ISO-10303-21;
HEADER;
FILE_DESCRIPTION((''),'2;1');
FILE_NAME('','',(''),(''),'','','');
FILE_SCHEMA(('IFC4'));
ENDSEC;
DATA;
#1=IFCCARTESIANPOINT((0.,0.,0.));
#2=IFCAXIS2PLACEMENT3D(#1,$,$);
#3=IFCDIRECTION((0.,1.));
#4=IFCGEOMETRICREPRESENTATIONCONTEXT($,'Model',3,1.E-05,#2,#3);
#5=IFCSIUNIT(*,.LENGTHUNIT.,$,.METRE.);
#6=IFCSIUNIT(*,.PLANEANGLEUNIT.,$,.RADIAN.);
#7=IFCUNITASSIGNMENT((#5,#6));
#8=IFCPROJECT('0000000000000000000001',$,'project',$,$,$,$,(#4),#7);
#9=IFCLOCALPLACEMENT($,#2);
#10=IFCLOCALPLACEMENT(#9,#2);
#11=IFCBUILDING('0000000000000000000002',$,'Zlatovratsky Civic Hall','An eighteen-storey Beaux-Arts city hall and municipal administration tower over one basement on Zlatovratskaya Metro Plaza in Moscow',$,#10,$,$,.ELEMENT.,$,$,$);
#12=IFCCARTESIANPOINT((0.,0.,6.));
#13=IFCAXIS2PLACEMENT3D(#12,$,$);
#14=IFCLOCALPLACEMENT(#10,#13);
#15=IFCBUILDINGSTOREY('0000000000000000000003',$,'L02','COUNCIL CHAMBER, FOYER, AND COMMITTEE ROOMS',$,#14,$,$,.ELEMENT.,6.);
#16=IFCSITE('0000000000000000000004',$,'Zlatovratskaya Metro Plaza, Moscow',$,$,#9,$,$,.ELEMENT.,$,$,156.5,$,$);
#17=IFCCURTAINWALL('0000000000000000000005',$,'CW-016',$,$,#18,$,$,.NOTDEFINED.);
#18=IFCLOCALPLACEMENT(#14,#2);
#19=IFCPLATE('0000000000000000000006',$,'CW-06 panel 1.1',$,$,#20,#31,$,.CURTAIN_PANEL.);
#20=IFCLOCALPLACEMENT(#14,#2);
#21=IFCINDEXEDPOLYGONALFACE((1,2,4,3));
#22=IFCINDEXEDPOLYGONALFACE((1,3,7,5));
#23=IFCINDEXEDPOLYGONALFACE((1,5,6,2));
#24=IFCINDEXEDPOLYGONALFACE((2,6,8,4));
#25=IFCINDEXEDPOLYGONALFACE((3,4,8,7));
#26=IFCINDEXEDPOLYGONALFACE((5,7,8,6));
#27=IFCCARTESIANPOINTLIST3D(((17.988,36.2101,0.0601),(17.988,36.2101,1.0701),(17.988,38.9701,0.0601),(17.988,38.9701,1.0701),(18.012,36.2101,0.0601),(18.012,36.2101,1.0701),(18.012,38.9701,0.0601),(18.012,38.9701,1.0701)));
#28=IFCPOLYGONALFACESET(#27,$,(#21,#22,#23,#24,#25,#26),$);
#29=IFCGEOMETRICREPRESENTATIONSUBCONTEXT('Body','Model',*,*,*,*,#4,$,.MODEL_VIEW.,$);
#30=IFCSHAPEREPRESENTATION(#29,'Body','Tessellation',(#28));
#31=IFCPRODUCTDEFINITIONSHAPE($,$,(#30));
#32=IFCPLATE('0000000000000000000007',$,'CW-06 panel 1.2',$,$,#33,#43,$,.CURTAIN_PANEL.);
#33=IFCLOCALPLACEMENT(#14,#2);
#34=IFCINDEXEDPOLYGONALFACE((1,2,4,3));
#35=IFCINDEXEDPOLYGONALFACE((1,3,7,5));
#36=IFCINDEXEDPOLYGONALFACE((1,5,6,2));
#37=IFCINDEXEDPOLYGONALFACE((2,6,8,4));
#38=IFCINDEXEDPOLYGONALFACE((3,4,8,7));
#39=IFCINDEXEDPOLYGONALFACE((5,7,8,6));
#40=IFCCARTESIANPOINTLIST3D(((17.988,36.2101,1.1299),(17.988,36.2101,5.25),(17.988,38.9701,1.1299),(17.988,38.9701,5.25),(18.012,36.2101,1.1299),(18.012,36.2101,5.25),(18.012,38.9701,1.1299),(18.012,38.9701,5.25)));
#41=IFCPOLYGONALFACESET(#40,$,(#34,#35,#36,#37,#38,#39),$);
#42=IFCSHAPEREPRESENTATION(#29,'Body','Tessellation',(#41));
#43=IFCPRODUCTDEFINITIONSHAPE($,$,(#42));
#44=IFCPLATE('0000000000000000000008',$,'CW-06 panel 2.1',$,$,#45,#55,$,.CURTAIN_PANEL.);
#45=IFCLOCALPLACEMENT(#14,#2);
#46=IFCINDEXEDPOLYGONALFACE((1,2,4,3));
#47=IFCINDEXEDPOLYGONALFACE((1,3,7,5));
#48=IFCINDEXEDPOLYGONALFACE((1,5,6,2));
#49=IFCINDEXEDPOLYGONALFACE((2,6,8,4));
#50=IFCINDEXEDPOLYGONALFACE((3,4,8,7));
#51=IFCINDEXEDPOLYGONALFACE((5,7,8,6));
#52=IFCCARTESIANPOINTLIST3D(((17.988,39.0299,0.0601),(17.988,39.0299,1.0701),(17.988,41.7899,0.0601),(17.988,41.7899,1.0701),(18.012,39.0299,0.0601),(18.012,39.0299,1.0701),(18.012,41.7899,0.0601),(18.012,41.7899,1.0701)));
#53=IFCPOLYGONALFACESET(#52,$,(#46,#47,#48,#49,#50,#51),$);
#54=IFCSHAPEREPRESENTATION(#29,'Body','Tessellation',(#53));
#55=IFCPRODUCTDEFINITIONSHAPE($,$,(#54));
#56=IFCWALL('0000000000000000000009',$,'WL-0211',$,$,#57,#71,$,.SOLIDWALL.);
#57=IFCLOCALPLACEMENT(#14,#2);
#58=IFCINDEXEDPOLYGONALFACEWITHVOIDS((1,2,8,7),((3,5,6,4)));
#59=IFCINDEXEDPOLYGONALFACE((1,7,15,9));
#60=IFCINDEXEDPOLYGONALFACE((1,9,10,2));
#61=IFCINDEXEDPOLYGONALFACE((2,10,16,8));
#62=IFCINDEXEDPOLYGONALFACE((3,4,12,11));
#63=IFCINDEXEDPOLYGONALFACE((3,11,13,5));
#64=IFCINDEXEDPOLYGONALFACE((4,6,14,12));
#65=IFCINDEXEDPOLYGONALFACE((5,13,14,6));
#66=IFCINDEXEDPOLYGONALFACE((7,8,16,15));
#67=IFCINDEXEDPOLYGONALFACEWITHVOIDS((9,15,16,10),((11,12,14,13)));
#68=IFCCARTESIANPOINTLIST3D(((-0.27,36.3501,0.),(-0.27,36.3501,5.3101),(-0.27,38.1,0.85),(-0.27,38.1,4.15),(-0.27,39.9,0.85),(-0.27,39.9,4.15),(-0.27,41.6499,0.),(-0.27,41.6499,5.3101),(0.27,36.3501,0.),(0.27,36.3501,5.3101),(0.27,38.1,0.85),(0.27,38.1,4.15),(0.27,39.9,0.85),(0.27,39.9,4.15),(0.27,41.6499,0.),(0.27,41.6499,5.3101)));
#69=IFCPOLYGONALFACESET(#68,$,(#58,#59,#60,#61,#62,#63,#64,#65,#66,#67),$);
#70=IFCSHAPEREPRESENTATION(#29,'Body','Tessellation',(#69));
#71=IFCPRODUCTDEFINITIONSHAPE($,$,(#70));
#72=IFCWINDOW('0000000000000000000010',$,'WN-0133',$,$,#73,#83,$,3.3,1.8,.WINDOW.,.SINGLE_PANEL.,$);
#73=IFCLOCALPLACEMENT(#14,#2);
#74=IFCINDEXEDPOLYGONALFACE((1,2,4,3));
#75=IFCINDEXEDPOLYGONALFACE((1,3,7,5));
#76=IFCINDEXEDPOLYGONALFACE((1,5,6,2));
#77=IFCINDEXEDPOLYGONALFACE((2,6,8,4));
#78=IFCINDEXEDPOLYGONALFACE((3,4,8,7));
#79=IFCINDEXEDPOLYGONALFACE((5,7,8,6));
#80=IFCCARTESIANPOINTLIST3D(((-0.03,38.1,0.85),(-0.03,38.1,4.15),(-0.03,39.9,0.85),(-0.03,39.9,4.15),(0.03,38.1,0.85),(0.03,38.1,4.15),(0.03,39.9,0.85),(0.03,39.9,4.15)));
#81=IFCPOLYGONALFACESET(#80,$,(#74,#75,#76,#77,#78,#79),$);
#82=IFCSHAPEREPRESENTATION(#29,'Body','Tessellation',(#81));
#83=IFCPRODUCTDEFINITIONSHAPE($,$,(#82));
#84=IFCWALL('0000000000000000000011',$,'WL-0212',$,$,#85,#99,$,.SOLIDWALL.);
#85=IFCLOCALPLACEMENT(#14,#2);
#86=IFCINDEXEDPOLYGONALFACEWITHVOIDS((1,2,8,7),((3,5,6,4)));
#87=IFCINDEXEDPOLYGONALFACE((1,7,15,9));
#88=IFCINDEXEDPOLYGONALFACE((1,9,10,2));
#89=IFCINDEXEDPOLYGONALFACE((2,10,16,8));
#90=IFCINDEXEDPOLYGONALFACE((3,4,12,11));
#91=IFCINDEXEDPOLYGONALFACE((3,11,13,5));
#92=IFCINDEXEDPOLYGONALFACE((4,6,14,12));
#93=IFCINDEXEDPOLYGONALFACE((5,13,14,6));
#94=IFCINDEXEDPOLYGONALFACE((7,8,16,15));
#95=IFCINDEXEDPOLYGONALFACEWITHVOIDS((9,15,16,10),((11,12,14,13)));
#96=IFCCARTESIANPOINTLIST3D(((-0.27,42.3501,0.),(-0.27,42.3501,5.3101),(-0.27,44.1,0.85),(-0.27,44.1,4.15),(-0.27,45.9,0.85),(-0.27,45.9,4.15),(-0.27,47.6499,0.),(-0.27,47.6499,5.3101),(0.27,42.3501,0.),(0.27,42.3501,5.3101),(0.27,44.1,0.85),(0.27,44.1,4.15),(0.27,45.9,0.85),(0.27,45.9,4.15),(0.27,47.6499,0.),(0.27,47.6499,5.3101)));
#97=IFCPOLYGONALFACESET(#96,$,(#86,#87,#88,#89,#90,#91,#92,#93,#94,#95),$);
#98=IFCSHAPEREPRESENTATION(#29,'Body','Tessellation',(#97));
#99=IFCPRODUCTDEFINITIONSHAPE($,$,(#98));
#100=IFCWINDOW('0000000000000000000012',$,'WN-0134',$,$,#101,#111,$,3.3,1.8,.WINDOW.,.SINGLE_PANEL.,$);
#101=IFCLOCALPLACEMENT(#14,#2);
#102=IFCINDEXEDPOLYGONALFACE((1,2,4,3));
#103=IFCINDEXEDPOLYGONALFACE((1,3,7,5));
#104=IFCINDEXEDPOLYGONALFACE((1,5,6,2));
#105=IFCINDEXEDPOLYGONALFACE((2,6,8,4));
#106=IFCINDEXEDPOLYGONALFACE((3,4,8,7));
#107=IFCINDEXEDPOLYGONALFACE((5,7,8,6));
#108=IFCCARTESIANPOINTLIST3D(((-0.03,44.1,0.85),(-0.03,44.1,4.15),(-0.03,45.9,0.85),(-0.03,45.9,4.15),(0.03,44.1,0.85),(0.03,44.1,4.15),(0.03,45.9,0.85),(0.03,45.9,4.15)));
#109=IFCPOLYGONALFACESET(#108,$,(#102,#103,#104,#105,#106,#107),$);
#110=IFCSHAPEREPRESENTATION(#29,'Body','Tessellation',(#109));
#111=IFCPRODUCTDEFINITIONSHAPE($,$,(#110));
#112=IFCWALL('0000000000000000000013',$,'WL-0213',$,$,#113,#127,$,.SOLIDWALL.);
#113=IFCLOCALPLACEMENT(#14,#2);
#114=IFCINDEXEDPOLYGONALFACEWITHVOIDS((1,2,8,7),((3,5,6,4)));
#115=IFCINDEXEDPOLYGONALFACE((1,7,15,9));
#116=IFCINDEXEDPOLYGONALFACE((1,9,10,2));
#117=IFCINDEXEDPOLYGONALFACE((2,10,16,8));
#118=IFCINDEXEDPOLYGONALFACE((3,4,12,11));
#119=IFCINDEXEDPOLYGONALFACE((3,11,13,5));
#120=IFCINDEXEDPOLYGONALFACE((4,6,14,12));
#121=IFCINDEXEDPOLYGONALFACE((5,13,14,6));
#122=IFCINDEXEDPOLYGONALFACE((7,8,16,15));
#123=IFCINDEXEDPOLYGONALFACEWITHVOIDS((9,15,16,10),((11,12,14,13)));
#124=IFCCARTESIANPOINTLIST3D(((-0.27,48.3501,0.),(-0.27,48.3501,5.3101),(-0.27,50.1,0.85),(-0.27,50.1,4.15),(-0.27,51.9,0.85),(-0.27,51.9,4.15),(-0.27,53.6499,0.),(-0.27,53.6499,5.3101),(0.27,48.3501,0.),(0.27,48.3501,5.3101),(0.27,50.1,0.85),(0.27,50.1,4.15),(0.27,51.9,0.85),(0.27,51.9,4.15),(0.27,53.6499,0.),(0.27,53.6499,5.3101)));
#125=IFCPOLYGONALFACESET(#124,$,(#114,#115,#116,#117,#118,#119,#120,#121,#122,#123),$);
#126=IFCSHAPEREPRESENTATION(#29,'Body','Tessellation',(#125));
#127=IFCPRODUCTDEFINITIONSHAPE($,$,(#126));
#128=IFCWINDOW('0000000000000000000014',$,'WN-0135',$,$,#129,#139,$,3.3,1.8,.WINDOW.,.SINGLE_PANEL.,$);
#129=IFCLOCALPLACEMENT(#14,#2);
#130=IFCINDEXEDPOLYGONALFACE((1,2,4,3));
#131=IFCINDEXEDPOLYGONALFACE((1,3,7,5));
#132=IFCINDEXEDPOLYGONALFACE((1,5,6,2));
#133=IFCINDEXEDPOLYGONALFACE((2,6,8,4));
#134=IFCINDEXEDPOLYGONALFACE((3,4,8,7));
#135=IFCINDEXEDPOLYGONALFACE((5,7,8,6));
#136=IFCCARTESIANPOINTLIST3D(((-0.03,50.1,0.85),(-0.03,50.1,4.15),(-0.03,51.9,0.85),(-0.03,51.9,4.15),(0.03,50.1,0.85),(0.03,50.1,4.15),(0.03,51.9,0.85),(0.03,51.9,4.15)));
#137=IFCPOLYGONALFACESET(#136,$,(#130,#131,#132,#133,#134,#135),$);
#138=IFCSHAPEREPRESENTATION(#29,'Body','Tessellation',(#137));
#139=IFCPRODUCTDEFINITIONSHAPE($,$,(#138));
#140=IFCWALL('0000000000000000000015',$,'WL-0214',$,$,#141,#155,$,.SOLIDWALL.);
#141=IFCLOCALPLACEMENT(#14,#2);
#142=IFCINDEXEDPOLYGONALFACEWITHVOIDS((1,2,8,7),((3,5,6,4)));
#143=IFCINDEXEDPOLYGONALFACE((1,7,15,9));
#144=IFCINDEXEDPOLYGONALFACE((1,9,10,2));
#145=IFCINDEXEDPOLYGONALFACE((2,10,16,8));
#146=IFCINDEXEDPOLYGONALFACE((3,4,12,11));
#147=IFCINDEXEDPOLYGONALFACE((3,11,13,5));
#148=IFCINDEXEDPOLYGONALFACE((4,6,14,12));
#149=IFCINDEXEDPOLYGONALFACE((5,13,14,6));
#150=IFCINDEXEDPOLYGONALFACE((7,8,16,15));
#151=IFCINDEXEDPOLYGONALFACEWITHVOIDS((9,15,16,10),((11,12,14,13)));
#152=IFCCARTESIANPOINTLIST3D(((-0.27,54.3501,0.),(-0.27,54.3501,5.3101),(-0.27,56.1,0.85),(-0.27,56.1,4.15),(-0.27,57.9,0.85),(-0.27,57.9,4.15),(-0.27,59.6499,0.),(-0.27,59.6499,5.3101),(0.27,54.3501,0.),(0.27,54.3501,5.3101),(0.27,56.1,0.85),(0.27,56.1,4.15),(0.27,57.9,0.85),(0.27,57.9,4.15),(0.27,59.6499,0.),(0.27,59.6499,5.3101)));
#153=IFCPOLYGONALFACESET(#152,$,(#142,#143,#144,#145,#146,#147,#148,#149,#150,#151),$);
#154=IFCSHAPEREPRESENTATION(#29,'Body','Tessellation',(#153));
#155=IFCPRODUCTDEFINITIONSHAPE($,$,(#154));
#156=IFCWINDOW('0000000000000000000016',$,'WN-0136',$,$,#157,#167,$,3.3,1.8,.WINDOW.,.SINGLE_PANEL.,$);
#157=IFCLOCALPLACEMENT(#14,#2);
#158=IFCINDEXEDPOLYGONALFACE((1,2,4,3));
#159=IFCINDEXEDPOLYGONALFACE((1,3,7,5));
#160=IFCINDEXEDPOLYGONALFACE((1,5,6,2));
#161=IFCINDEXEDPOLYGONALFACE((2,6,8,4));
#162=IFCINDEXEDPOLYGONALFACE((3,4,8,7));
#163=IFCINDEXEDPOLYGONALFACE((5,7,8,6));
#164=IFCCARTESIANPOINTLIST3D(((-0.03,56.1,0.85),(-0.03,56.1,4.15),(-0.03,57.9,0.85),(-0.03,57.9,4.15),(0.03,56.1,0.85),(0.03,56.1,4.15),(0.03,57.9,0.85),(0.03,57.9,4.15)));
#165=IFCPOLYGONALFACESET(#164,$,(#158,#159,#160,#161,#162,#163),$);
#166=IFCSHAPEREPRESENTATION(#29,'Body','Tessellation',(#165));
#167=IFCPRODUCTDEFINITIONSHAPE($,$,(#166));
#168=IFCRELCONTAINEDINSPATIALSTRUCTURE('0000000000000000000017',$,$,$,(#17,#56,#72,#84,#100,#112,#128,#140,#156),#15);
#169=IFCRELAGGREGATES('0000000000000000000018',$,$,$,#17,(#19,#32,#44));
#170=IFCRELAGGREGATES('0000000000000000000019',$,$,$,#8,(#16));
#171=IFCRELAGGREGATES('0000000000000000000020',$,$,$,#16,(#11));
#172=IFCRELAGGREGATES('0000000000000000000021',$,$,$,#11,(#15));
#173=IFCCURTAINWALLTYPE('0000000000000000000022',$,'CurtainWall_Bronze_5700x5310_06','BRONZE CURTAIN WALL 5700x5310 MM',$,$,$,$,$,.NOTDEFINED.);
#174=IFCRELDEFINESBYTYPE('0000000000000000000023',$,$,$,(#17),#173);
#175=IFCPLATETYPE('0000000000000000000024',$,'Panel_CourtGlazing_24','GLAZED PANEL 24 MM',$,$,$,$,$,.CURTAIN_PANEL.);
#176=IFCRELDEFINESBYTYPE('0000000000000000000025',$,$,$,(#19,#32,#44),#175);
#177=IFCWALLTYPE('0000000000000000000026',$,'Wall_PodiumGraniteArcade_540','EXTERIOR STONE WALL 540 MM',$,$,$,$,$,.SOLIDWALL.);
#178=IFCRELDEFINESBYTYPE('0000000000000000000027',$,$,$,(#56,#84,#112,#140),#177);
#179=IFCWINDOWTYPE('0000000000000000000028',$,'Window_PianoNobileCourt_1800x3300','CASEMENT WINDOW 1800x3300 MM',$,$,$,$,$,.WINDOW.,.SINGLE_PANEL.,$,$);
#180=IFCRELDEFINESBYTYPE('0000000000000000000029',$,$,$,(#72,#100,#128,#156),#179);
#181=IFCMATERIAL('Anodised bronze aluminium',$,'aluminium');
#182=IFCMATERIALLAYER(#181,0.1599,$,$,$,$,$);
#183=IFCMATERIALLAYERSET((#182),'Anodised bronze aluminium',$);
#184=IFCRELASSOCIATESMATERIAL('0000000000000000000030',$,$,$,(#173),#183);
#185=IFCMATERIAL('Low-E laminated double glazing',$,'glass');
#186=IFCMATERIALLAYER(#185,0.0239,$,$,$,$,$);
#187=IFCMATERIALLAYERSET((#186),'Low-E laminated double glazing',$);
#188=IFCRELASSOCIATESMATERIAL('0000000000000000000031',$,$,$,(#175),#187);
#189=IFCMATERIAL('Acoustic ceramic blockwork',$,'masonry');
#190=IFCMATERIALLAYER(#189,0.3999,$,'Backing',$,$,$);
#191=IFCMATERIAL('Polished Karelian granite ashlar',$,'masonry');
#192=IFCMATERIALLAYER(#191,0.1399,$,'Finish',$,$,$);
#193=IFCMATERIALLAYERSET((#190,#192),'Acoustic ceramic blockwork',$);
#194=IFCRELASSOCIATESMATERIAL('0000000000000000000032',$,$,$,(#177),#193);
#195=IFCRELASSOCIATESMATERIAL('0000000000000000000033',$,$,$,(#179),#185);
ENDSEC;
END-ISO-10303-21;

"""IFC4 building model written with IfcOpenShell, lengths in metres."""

from ifc_helpers import new_model, si_unit, direction, frame, frame_2d, origin, origin_2d, place, context, subcontext, project, spatial, rectangle, extrude, material, layer, layer_set, type_object, element, fill, aggregate, save


model = new_model("IFC4")

# Units and contexts
model_context = context("Model", 3, precision=1e-05, world=origin(), true_north=direction((0.0, 1.0)))
body_context = subcontext(model_context, "Body", "Model", "MODEL_VIEW")
ifc_project = project(units=[si_unit("LENGTHUNIT", "METRE"), si_unit("PLANEANGLEUNIT", "RADIAN")], contexts=[model_context])

# Site, building, storey
site_placement = place(None, origin())
site = spatial("IfcSite", under=ifc_project, at=site_placement, Name="Zlatovratskaya Metro Plaza, Moscow", CompositionType="ELEMENT", RefElevation=156.5)
building_placement = place(site_placement, origin())
building = spatial("IfcBuilding", under=site, at=building_placement, Name="Zlatovratsky Civic Hall", Description="An eighteen-storey Beaux-Arts city hall and municipal administration tower over one basement on Zlatovratskaya Metro Plaza in Moscow", CompositionType="ELEMENT")
storey_placement = place(building_placement, frame((0.0, 0.0, 6.0)))
storey = spatial("IfcBuildingStorey", under=building, at=storey_placement, Name="L02", Description="COUNCIL CHAMBER, FOYER, AND COMMITTEE ROOMS", CompositionType="ELEMENT", Elevation=6.0)

# Curtain wall
ifc_material_1 = material(Name="Anodised bronze aluminium", Category="aluminium")
ifc_layer_1 = layer(ifc_material_1, 0.1599)
ifc_layer_set_1 = layer_set([ifc_layer_1], Name="Anodised bronze aluminium")
curtain_wall_type = type_object("IfcCurtainWallType", Name="CurtainWall_Bronze_5700x5310_06", Description="BRONZE CURTAIN WALL 5700x5310 MM", PredefinedType="NOTDEFINED", material=ifc_layer_set_1)
curtain_wall_placement = place(storey_placement, origin())
curtain_wall = element("IfcCurtainWall", 1, at=curtain_wall_placement, inside=storey, type_object=curtain_wall_type, Name="CW-016", PredefinedType="NOTDEFINED")

# Plates
ifc_material_2 = material(Name="Low-E laminated double glazing", Category="glass")
ifc_layer_2 = layer(ifc_material_2, 0.0239)
ifc_layer_set_2 = layer_set([ifc_layer_2], Name="Low-E laminated double glazing")
plate_type = type_object("IfcPlateType", Name="Panel_CourtGlazing_24", Description="GLAZED PANEL 24 MM", PredefinedType="CURTAIN_PANEL", material=ifc_layer_set_2)
plate_1_placement = place(storey_placement, frame((18.0, 37.5901, 0.0601), z_axis=(0.0, 0.0, 1.0), x_axis=(0.0, 1.0, 0.0)))
plate_1 = element("IfcPlate", 2, at=plate_1_placement, type_object=plate_type, Name="CW-06 panel 1.1", PredefinedType="CURTAIN_PANEL", context=body_context, shape_type="SweptSolid", body=[
    extrude(rectangle(XDim=2.76, YDim=0.0239, at=origin_2d()), origin(), (0.0, 0.0, 1.0), 1.01),
])
plate_2_placement = place(storey_placement, frame((18.0, 37.5901, 1.1299), z_axis=(0.0, 0.0, 1.0), x_axis=(0.0, 1.0, 0.0)))
plate_2 = element("IfcPlate", 3, at=plate_2_placement, type_object=plate_type, Name="CW-06 panel 1.2", PredefinedType="CURTAIN_PANEL", context=body_context, shape_type="SweptSolid", body=[
    extrude(rectangle(XDim=2.76, YDim=0.0239, at=origin_2d()), origin(), (0.0, 0.0, 1.0), 4.1201),
])
plate_3_placement = place(storey_placement, frame((18.0, 40.4099, 0.0601), z_axis=(0.0, 0.0, 1.0), x_axis=(0.0, 1.0, 0.0)))
plate_3 = element("IfcPlate", 4, at=plate_3_placement, type_object=plate_type, Name="CW-06 panel 2.1", PredefinedType="CURTAIN_PANEL", context=body_context, shape_type="SweptSolid", body=[
    extrude(rectangle(XDim=2.76, YDim=0.0239, at=origin_2d()), origin(), (0.0, 0.0, 1.0), 1.01),
])
aggregate(curtain_wall, [plate_1, plate_2, plate_3])

# Walls, openings, windows
ifc_material_3 = material(Name="Acoustic ceramic blockwork", Category="masonry")
ifc_layer_3 = layer(ifc_material_3, 0.3999, Name="Backing")
ifc_material_4 = material(Name="Polished Karelian granite ashlar", Category="masonry")
ifc_layer_4 = layer(ifc_material_4, 0.1399, Name="Finish")
ifc_layer_set_3 = layer_set([ifc_layer_3, ifc_layer_4], Name="Acoustic ceramic blockwork")
wall_type = type_object("IfcWallType", Name="Wall_PodiumGraniteArcade_540", Description="EXTERIOR STONE WALL 540 MM", PredefinedType="SOLIDWALL", material=ifc_layer_set_3)
wall_1_placement = place(storey_placement, frame((0.0, 36.3501, 0.0), z_axis=(0.0, 0.0, 1.0), x_axis=(0.0, 1.0, 0.0)))
wall_1 = element("IfcWall", 5, at=wall_1_placement, inside=storey, type_object=wall_type, Name="WL-0211", PredefinedType="SOLIDWALL", context=body_context, shape_type="SweptSolid", body=[
    extrude(rectangle(XDim=5.2998, YDim=0.54, at=frame_2d((2.6499, 0.0))), origin(), (0.0, 0.0, 1.0), 5.3101),
])
opening_1_placement = place(wall_1_placement, frame((1.75, 0.0, 0.8501)))
opening_1 = element("IfcOpeningElement", 6, at=opening_1_placement, cuts=wall_1, PredefinedType="OPENING", context=body_context, shape_type="SweptSolid", body=[
    extrude(rectangle(XDim=1.8, YDim=3.3, at=frame_2d((0.8999, 1.6499))), frame((0.0, 0.2849, 0.0), z_axis=(0.0, -1.0, 0.0), x_axis=(1.0, 0.0, 0.0)), (0.0, 0.0, 1.0), 0.5698),
])
window_type = type_object("IfcWindowType", Name="Window_PianoNobileCourt_1800x3300", Description="CASEMENT WINDOW 1800x3300 MM", PartitioningType="SINGLE_PANEL", PredefinedType="WINDOW", material=ifc_material_2)
window_1_placement = place(opening_1_placement, origin())
window_1 = element("IfcWindow", 7, at=window_1_placement, inside=storey, type_object=window_type, Name="WN-0133", OverallHeight=3.3, OverallWidth=1.8, PartitioningType="SINGLE_PANEL", PredefinedType="WINDOW", context=body_context, shape_type="SweptSolid", body=[
    extrude(rectangle(XDim=1.8, YDim=3.3, at=frame_2d((0.8999, 1.6499))), frame((0.0, 0.03, 0.0), z_axis=(0.0, -1.0, 0.0), x_axis=(1.0, 0.0, 0.0)), (0.0, 0.0, 1.0), 0.0601),
])
fill(opening_1, window_1)
wall_2_placement = place(storey_placement, frame((0.0, 42.3501, 0.0), z_axis=(0.0, 0.0, 1.0), x_axis=(0.0, 1.0, 0.0)))
wall_2 = element("IfcWall", 8, at=wall_2_placement, inside=storey, type_object=wall_type, Name="WL-0212", PredefinedType="SOLIDWALL", context=body_context, shape_type="SweptSolid", body=[
    extrude(rectangle(XDim=5.2998, YDim=0.54, at=frame_2d((2.6499, 0.0))), origin(), (0.0, 0.0, 1.0), 5.3101),
])
opening_2_placement = place(wall_2_placement, frame((1.75, 0.0, 0.8501)))
opening_2 = element("IfcOpeningElement", 9, at=opening_2_placement, cuts=wall_2, PredefinedType="OPENING", context=body_context, shape_type="SweptSolid", body=[
    extrude(rectangle(XDim=1.8, YDim=3.3, at=frame_2d((0.8999, 1.6499))), frame((0.0, 0.2849, 0.0), z_axis=(0.0, -1.0, 0.0), x_axis=(1.0, 0.0, 0.0)), (0.0, 0.0, 1.0), 0.5698),
])
window_2_placement = place(opening_2_placement, origin())
window_2 = element("IfcWindow", 10, at=window_2_placement, inside=storey, type_object=window_type, Name="WN-0134", OverallHeight=3.3, OverallWidth=1.8, PartitioningType="SINGLE_PANEL", PredefinedType="WINDOW", context=body_context, shape_type="SweptSolid", body=[
    extrude(rectangle(XDim=1.8, YDim=3.3, at=frame_2d((0.8999, 1.6499))), frame((0.0, 0.03, 0.0), z_axis=(0.0, -1.0, 0.0), x_axis=(1.0, 0.0, 0.0)), (0.0, 0.0, 1.0), 0.0601),
])
fill(opening_2, window_2)
wall_3_placement = place(storey_placement, frame((0.0, 48.3501, 0.0), z_axis=(0.0, 0.0, 1.0), x_axis=(0.0, 1.0, 0.0)))
wall_3 = element("IfcWall", 11, at=wall_3_placement, inside=storey, type_object=wall_type, Name="WL-0213", PredefinedType="SOLIDWALL", context=body_context, shape_type="SweptSolid", body=[
    extrude(rectangle(XDim=5.2998, YDim=0.54, at=frame_2d((2.6499, 0.0))), origin(), (0.0, 0.0, 1.0), 5.3101),
])
opening_3_placement = place(wall_3_placement, frame((1.75, 0.0, 0.8501)))
opening_3 = element("IfcOpeningElement", 12, at=opening_3_placement, cuts=wall_3, PredefinedType="OPENING", context=body_context, shape_type="SweptSolid", body=[
    extrude(rectangle(XDim=1.8, YDim=3.3, at=frame_2d((0.8999, 1.6499))), frame((0.0, 0.2849, 0.0), z_axis=(0.0, -1.0, 0.0), x_axis=(1.0, 0.0, 0.0)), (0.0, 0.0, 1.0), 0.5698),
])
window_3_placement = place(opening_3_placement, origin())
window_3 = element("IfcWindow", 13, at=window_3_placement, inside=storey, type_object=window_type, Name="WN-0135", OverallHeight=3.3, OverallWidth=1.8, PartitioningType="SINGLE_PANEL", PredefinedType="WINDOW", context=body_context, shape_type="SweptSolid", body=[
    extrude(rectangle(XDim=1.8, YDim=3.3, at=frame_2d((0.8999, 1.6499))), frame((0.0, 0.03, 0.0), z_axis=(0.0, -1.0, 0.0), x_axis=(1.0, 0.0, 0.0)), (0.0, 0.0, 1.0), 0.0601),
])
fill(opening_3, window_3)
wall_4_placement = place(storey_placement, frame((0.0, 54.3501, 0.0), z_axis=(0.0, 0.0, 1.0), x_axis=(0.0, 1.0, 0.0)))
wall_4 = element("IfcWall", 14, at=wall_4_placement, inside=storey, type_object=wall_type, Name="WL-0214", PredefinedType="SOLIDWALL", context=body_context, shape_type="SweptSolid", body=[
    extrude(rectangle(XDim=5.2998, YDim=0.54, at=frame_2d((2.6499, 0.0))), origin(), (0.0, 0.0, 1.0), 5.3101),
])
opening_4_placement = place(wall_4_placement, frame((1.75, 0.0, 0.8501)))
opening_4 = element("IfcOpeningElement", 15, at=opening_4_placement, cuts=wall_4, PredefinedType="OPENING", context=body_context, shape_type="SweptSolid", body=[
    extrude(rectangle(XDim=1.8, YDim=3.3, at=frame_2d((0.8999, 1.6499))), frame((0.0, 0.2849, 0.0), z_axis=(0.0, -1.0, 0.0), x_axis=(1.0, 0.0, 0.0)), (0.0, 0.0, 1.0), 0.5698),
])
window_4_placement = place(opening_4_placement, origin())
window_4 = element("IfcWindow", 16, at=window_4_placement, inside=storey, type_object=window_type, Name="WN-0136", OverallHeight=3.3, OverallWidth=1.8, PartitioningType="SINGLE_PANEL", PredefinedType="WINDOW", context=body_context, shape_type="SweptSolid", body=[
    extrude(rectangle(XDim=1.8, YDim=3.3, at=frame_2d((0.8999, 1.6499))), frame((0.0, 0.03, 0.0), z_axis=(0.0, -1.0, 0.0), x_axis=(1.0, 0.0, 0.0)), (0.0, 0.0, 1.0), 0.0601),
])
fill(opening_4, window_4)

save(model, "model.ifc")
